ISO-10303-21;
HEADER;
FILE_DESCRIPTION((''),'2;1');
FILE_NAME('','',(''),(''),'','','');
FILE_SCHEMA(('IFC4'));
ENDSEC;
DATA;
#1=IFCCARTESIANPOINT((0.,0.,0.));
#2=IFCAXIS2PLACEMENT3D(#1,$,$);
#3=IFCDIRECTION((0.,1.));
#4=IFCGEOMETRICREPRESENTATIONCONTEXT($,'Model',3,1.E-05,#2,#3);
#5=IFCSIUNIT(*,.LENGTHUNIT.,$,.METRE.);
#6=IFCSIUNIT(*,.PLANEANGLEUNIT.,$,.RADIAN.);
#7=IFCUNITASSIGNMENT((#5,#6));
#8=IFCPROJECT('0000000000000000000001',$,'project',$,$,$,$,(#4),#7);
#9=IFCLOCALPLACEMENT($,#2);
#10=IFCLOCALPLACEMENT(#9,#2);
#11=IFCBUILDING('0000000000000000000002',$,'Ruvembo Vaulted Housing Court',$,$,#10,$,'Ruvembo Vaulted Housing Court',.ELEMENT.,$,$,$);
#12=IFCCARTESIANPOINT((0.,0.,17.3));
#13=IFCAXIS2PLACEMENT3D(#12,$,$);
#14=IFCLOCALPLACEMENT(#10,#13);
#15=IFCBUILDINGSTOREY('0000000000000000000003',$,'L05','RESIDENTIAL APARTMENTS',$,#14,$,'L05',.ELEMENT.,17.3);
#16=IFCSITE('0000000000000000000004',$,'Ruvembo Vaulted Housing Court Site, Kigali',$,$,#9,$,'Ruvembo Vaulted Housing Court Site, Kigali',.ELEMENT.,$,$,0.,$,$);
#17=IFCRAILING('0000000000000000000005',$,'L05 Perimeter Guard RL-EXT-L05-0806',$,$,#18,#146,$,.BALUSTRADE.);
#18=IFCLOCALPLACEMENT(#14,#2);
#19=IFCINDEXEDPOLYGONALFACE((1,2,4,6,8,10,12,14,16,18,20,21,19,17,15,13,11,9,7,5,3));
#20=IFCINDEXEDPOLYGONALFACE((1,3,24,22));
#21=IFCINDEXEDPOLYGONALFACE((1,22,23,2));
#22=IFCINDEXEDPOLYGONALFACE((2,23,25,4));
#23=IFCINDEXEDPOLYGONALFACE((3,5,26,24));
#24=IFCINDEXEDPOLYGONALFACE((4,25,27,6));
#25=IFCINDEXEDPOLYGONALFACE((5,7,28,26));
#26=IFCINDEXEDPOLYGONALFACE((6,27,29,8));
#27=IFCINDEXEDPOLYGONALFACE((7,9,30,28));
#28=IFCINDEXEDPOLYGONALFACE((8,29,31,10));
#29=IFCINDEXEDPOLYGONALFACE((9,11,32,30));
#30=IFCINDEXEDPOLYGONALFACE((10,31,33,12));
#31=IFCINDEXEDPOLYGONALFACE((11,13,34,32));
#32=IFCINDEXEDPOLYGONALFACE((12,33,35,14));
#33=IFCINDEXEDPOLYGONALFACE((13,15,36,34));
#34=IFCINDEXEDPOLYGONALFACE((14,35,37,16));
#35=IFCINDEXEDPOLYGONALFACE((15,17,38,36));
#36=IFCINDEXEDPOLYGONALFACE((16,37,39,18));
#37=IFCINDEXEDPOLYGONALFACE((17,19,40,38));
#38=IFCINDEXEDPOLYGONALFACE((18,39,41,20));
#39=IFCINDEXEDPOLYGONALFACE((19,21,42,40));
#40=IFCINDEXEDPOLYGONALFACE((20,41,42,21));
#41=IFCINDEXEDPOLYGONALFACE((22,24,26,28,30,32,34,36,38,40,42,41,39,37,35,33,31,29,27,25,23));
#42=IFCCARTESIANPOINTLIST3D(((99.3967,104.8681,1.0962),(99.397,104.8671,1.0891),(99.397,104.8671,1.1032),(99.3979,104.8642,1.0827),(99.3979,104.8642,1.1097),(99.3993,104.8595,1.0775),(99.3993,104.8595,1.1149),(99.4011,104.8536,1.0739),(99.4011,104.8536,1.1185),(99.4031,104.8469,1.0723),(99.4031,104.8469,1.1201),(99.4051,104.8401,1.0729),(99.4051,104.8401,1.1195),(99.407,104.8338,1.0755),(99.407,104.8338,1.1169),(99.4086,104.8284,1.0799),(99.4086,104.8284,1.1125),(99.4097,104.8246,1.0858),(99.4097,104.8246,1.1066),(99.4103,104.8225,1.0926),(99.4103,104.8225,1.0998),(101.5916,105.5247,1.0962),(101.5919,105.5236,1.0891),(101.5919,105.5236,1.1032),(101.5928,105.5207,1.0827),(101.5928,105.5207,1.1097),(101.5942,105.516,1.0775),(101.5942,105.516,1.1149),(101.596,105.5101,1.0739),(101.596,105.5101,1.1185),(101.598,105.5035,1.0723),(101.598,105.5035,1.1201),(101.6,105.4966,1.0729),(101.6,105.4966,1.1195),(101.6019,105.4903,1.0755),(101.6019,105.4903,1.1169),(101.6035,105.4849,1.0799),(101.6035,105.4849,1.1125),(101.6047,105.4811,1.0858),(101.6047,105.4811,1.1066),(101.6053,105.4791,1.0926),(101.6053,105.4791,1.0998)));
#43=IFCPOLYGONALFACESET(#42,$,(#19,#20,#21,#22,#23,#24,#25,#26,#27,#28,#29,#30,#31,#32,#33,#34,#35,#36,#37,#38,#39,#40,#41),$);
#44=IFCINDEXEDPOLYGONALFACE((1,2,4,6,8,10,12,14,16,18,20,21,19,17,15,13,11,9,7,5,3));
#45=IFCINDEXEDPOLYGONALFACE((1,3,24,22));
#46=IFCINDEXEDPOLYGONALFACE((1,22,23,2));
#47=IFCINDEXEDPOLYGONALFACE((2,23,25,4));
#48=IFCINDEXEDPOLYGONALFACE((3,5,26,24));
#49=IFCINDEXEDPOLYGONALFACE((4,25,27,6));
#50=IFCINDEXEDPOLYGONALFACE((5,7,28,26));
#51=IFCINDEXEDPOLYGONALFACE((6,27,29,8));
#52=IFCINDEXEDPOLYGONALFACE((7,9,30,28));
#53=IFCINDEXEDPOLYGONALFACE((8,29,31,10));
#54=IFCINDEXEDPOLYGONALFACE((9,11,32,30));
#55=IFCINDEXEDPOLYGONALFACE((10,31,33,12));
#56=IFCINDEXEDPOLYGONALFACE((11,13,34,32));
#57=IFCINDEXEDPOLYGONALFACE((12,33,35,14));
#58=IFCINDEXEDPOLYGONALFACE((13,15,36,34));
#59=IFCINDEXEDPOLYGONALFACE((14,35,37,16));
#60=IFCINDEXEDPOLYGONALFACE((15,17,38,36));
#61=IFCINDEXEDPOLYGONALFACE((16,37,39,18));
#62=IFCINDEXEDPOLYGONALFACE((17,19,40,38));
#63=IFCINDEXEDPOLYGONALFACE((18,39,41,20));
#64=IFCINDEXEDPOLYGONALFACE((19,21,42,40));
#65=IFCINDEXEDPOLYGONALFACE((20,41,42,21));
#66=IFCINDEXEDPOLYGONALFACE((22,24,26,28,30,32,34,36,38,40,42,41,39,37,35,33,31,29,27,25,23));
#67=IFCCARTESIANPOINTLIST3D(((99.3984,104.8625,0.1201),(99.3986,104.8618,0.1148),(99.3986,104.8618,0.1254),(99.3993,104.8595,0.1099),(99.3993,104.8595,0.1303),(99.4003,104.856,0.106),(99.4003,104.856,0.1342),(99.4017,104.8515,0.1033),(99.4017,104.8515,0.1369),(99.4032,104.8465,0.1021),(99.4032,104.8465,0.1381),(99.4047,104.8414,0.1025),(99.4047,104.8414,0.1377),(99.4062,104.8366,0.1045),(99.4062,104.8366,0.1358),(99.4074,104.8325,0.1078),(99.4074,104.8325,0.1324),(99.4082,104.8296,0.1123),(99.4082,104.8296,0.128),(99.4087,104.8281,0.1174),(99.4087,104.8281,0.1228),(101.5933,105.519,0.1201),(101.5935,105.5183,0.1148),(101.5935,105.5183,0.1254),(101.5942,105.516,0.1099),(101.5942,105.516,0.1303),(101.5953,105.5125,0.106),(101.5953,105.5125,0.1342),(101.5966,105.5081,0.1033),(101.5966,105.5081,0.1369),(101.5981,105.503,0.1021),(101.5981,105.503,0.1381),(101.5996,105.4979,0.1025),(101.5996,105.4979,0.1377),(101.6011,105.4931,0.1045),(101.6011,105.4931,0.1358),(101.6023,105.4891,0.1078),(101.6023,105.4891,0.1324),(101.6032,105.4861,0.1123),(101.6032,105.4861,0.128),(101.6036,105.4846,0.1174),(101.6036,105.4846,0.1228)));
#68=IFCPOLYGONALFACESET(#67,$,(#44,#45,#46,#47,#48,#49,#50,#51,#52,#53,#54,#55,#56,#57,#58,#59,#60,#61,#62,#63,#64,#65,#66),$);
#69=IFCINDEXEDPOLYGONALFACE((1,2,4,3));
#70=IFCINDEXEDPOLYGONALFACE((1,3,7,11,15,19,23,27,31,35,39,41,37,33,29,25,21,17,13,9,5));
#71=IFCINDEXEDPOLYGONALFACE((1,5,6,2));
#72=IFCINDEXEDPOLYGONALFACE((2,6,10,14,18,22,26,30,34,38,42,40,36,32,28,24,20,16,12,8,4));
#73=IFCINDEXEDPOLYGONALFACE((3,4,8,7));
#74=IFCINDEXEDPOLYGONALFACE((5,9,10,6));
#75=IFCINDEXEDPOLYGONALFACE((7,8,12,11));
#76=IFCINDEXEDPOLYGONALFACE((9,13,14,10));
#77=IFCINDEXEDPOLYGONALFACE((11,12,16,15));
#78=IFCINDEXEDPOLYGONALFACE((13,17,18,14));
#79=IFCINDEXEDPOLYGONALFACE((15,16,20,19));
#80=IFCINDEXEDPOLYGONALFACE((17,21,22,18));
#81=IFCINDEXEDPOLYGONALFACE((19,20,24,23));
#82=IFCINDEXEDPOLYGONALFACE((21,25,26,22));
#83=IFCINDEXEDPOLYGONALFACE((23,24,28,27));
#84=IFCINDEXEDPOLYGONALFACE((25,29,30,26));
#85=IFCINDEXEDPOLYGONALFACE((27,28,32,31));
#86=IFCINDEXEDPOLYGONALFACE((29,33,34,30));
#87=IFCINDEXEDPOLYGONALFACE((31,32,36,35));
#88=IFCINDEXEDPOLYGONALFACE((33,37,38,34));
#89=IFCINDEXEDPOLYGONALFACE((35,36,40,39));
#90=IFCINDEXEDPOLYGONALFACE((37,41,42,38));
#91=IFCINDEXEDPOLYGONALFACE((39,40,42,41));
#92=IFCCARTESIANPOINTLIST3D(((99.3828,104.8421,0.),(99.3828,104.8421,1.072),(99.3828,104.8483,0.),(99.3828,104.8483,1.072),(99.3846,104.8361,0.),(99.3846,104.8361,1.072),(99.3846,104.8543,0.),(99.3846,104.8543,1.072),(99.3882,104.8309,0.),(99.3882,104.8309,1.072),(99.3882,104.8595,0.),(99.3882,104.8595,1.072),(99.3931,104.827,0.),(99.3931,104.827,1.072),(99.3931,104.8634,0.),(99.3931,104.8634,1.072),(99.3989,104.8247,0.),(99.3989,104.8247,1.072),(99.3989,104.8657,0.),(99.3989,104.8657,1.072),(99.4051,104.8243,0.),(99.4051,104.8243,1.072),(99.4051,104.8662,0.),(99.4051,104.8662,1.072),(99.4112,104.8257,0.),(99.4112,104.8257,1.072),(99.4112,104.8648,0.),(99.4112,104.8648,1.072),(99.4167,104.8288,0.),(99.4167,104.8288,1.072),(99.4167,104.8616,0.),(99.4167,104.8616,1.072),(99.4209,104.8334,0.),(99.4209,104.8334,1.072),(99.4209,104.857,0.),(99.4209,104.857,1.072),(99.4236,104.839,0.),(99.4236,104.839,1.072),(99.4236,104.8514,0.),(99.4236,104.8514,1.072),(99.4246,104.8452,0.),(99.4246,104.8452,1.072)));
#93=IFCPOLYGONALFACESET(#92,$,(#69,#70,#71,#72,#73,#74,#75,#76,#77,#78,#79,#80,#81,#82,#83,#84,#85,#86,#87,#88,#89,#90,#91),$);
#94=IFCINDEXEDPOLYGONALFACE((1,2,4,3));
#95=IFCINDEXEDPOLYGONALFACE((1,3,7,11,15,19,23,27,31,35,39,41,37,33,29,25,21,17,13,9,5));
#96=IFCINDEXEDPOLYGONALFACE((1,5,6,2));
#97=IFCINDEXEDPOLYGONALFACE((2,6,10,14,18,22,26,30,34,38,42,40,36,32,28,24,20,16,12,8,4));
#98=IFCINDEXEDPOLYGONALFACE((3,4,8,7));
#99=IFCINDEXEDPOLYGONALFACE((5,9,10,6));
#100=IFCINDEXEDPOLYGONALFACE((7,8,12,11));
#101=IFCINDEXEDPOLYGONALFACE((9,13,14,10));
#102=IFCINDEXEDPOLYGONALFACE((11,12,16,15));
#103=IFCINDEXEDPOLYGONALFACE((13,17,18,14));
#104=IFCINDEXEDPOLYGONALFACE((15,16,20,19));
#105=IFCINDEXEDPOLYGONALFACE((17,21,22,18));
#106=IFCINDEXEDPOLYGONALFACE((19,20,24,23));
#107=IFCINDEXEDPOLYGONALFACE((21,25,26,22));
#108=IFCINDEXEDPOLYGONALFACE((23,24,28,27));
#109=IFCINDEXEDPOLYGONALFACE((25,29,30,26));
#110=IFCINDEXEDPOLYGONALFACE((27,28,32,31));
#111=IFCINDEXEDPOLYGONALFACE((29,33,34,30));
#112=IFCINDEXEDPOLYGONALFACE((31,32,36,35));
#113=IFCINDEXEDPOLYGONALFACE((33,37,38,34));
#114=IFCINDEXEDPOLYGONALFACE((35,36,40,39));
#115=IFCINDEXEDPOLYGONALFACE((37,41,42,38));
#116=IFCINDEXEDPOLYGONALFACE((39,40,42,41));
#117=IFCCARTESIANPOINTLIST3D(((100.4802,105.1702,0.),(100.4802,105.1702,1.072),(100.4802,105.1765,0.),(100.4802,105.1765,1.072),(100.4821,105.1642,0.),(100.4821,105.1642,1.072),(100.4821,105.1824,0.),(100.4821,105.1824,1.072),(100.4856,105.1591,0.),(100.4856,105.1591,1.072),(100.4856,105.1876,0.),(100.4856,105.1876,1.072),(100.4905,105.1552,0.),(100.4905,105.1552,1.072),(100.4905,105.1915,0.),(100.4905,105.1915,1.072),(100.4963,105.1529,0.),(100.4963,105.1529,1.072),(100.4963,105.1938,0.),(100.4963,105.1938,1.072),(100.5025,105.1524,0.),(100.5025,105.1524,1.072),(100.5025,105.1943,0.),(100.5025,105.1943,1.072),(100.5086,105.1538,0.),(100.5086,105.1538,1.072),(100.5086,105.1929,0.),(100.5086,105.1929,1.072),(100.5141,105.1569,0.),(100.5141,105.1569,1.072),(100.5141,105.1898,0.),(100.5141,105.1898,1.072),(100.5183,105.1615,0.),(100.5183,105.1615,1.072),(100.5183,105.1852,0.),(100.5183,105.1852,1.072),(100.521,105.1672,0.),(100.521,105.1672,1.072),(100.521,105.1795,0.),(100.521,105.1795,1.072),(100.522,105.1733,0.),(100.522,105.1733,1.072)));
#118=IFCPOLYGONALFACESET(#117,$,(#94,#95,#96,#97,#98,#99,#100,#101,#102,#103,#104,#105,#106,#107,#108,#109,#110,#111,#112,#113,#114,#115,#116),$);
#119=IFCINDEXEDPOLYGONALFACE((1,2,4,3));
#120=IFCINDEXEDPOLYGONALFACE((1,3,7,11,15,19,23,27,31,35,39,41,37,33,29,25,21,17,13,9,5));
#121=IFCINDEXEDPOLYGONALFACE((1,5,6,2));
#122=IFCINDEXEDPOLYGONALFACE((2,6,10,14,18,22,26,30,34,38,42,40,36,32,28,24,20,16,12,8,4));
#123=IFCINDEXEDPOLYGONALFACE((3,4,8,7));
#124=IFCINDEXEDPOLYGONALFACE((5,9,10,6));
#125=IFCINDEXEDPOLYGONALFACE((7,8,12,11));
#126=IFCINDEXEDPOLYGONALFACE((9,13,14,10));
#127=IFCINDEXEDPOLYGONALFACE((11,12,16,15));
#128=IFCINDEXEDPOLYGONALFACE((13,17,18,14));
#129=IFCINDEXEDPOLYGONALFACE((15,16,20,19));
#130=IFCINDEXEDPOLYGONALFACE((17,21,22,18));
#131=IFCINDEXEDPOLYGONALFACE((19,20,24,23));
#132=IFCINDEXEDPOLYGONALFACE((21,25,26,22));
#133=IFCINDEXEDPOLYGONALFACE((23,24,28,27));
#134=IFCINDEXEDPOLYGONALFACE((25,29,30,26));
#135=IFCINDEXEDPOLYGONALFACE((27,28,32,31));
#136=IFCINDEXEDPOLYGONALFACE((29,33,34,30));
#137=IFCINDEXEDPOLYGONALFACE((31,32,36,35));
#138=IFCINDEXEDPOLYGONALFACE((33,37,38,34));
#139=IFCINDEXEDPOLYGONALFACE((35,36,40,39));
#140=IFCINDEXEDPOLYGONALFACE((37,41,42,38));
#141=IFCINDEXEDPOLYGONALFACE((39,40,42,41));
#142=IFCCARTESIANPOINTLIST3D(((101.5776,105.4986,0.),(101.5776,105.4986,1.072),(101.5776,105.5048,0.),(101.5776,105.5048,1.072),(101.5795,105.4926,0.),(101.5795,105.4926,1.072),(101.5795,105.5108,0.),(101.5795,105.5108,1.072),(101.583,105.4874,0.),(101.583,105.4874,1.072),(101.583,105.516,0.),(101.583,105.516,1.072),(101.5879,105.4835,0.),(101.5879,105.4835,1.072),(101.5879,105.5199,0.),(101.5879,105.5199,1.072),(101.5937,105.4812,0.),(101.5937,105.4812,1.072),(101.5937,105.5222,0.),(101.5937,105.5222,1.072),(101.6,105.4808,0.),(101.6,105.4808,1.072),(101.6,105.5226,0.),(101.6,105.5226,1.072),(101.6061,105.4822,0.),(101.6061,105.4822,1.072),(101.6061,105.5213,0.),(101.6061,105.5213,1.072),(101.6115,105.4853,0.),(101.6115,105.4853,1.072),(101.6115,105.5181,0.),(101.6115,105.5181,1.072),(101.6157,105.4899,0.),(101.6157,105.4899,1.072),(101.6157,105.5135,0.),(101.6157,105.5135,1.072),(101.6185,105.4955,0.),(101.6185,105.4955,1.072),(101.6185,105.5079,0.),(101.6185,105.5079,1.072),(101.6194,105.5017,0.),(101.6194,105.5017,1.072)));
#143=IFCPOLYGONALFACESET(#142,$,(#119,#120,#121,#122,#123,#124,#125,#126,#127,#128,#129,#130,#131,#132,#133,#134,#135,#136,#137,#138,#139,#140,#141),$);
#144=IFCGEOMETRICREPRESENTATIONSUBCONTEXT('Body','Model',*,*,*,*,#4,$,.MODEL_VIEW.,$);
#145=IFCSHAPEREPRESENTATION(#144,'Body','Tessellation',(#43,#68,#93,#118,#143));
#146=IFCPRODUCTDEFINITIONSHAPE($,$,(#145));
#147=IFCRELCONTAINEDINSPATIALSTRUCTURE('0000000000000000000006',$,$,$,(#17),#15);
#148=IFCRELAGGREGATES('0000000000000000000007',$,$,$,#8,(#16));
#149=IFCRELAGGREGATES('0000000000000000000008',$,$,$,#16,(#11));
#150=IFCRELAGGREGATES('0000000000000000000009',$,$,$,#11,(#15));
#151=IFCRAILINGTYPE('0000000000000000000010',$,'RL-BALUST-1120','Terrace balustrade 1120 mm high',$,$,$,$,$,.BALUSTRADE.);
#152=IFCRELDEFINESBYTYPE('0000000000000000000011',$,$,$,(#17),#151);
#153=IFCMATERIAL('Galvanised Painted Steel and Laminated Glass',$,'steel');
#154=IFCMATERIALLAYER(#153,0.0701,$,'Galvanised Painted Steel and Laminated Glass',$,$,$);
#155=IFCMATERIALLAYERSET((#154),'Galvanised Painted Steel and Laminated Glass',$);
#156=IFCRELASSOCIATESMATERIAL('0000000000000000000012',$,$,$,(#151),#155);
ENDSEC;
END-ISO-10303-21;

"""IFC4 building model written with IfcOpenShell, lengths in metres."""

from ifc_helpers import new_model, si_unit, direction, frame, origin, origin_2d, place, context, subcontext, project, spatial, circle, extrude, material, layer, layer_set, type_object, element, save


model = new_model("IFC4")

# Units and contexts
model_context = context("Model", 3, precision=1e-05, world=origin(), true_north=direction((0.0, 1.0)))
body_context = subcontext(model_context, "Body", "Model", "MODEL_VIEW")
ifc_project = project(units=[si_unit("LENGTHUNIT", "METRE"), si_unit("PLANEANGLEUNIT", "RADIAN")], contexts=[model_context])

# Site, building, storey
site_placement = place(None, origin())
site = spatial("IfcSite", under=ifc_project, at=site_placement, Name="Ruvembo Vaulted Housing Court Site, Kigali", LongName="Ruvembo Vaulted Housing Court Site, Kigali", CompositionType="ELEMENT", RefElevation=0.0)
building_placement = place(site_placement, origin())
building = spatial("IfcBuilding", under=site, at=building_placement, Name="Ruvembo Vaulted Housing Court", LongName="Ruvembo Vaulted Housing Court", CompositionType="ELEMENT")
storey_placement = place(building_placement, frame((0.0, 0.0, 17.3)))
storey = spatial("IfcBuildingStorey", under=building, at=storey_placement, Name="L05", Description="RESIDENTIAL APARTMENTS", LongName="L05", CompositionType="ELEMENT", Elevation=17.3)

# Railing
ifc_material_1 = material(Name="Galvanised Painted Steel and Laminated Glass", Category="steel")
ifc_layer_1 = layer(ifc_material_1, 0.0701, Name="Galvanised Painted Steel and Laminated Glass")
ifc_layer_set_1 = layer_set([ifc_layer_1], Name="Galvanised Painted Steel and Laminated Glass")
railing_type = type_object("IfcRailingType", Name="RL-BALUST-1120", Description="Terrace balustrade 1120 mm high", PredefinedType="BALUSTRADE", material=ifc_layer_set_1)
railing_1_placement = place(storey_placement, frame((99.4036, 104.8452, 0.0)))
element("IfcRailing", 1, at=railing_1_placement, inside=storey, type_object=railing_type, Name="L05 Perimeter Guard RL-EXT-L05-0806", PredefinedType="BALUSTRADE", context=body_context, shape_type="SweptSolid", body=[
    extrude(circle(Radius=0.0239, at=origin_2d()), frame((0.0, 0.0, 1.0962), z_axis=(0.958061, 0.286566, 0.0), x_axis=(-0.286566, 0.958061, 0.0)), (0.0, 0.0, 1.0), 2.291),
    extrude(circle(Radius=0.0181, at=origin_2d()), frame((0.0, 0.0, 0.1201), z_axis=(0.958061, 0.286566, 0.0), x_axis=(-0.286566, 0.958061, 0.0)), (0.0, 0.0, 1.0), 2.291),
    extrude(circle(Radius=0.021, at=origin_2d()), origin(), (0.0, 0.0, 1.0), 1.072),
    extrude(circle(Radius=0.021, at=origin_2d()), frame((1.0974, 0.3281, 0.0)), (0.0, 0.0, 1.0), 1.072),
    extrude(circle(Radius=0.021, at=origin_2d()), frame((2.1948, 0.6565, 0.0)), (0.0, 0.0, 1.0), 1.072),
])

save(model, "model.ifc")
